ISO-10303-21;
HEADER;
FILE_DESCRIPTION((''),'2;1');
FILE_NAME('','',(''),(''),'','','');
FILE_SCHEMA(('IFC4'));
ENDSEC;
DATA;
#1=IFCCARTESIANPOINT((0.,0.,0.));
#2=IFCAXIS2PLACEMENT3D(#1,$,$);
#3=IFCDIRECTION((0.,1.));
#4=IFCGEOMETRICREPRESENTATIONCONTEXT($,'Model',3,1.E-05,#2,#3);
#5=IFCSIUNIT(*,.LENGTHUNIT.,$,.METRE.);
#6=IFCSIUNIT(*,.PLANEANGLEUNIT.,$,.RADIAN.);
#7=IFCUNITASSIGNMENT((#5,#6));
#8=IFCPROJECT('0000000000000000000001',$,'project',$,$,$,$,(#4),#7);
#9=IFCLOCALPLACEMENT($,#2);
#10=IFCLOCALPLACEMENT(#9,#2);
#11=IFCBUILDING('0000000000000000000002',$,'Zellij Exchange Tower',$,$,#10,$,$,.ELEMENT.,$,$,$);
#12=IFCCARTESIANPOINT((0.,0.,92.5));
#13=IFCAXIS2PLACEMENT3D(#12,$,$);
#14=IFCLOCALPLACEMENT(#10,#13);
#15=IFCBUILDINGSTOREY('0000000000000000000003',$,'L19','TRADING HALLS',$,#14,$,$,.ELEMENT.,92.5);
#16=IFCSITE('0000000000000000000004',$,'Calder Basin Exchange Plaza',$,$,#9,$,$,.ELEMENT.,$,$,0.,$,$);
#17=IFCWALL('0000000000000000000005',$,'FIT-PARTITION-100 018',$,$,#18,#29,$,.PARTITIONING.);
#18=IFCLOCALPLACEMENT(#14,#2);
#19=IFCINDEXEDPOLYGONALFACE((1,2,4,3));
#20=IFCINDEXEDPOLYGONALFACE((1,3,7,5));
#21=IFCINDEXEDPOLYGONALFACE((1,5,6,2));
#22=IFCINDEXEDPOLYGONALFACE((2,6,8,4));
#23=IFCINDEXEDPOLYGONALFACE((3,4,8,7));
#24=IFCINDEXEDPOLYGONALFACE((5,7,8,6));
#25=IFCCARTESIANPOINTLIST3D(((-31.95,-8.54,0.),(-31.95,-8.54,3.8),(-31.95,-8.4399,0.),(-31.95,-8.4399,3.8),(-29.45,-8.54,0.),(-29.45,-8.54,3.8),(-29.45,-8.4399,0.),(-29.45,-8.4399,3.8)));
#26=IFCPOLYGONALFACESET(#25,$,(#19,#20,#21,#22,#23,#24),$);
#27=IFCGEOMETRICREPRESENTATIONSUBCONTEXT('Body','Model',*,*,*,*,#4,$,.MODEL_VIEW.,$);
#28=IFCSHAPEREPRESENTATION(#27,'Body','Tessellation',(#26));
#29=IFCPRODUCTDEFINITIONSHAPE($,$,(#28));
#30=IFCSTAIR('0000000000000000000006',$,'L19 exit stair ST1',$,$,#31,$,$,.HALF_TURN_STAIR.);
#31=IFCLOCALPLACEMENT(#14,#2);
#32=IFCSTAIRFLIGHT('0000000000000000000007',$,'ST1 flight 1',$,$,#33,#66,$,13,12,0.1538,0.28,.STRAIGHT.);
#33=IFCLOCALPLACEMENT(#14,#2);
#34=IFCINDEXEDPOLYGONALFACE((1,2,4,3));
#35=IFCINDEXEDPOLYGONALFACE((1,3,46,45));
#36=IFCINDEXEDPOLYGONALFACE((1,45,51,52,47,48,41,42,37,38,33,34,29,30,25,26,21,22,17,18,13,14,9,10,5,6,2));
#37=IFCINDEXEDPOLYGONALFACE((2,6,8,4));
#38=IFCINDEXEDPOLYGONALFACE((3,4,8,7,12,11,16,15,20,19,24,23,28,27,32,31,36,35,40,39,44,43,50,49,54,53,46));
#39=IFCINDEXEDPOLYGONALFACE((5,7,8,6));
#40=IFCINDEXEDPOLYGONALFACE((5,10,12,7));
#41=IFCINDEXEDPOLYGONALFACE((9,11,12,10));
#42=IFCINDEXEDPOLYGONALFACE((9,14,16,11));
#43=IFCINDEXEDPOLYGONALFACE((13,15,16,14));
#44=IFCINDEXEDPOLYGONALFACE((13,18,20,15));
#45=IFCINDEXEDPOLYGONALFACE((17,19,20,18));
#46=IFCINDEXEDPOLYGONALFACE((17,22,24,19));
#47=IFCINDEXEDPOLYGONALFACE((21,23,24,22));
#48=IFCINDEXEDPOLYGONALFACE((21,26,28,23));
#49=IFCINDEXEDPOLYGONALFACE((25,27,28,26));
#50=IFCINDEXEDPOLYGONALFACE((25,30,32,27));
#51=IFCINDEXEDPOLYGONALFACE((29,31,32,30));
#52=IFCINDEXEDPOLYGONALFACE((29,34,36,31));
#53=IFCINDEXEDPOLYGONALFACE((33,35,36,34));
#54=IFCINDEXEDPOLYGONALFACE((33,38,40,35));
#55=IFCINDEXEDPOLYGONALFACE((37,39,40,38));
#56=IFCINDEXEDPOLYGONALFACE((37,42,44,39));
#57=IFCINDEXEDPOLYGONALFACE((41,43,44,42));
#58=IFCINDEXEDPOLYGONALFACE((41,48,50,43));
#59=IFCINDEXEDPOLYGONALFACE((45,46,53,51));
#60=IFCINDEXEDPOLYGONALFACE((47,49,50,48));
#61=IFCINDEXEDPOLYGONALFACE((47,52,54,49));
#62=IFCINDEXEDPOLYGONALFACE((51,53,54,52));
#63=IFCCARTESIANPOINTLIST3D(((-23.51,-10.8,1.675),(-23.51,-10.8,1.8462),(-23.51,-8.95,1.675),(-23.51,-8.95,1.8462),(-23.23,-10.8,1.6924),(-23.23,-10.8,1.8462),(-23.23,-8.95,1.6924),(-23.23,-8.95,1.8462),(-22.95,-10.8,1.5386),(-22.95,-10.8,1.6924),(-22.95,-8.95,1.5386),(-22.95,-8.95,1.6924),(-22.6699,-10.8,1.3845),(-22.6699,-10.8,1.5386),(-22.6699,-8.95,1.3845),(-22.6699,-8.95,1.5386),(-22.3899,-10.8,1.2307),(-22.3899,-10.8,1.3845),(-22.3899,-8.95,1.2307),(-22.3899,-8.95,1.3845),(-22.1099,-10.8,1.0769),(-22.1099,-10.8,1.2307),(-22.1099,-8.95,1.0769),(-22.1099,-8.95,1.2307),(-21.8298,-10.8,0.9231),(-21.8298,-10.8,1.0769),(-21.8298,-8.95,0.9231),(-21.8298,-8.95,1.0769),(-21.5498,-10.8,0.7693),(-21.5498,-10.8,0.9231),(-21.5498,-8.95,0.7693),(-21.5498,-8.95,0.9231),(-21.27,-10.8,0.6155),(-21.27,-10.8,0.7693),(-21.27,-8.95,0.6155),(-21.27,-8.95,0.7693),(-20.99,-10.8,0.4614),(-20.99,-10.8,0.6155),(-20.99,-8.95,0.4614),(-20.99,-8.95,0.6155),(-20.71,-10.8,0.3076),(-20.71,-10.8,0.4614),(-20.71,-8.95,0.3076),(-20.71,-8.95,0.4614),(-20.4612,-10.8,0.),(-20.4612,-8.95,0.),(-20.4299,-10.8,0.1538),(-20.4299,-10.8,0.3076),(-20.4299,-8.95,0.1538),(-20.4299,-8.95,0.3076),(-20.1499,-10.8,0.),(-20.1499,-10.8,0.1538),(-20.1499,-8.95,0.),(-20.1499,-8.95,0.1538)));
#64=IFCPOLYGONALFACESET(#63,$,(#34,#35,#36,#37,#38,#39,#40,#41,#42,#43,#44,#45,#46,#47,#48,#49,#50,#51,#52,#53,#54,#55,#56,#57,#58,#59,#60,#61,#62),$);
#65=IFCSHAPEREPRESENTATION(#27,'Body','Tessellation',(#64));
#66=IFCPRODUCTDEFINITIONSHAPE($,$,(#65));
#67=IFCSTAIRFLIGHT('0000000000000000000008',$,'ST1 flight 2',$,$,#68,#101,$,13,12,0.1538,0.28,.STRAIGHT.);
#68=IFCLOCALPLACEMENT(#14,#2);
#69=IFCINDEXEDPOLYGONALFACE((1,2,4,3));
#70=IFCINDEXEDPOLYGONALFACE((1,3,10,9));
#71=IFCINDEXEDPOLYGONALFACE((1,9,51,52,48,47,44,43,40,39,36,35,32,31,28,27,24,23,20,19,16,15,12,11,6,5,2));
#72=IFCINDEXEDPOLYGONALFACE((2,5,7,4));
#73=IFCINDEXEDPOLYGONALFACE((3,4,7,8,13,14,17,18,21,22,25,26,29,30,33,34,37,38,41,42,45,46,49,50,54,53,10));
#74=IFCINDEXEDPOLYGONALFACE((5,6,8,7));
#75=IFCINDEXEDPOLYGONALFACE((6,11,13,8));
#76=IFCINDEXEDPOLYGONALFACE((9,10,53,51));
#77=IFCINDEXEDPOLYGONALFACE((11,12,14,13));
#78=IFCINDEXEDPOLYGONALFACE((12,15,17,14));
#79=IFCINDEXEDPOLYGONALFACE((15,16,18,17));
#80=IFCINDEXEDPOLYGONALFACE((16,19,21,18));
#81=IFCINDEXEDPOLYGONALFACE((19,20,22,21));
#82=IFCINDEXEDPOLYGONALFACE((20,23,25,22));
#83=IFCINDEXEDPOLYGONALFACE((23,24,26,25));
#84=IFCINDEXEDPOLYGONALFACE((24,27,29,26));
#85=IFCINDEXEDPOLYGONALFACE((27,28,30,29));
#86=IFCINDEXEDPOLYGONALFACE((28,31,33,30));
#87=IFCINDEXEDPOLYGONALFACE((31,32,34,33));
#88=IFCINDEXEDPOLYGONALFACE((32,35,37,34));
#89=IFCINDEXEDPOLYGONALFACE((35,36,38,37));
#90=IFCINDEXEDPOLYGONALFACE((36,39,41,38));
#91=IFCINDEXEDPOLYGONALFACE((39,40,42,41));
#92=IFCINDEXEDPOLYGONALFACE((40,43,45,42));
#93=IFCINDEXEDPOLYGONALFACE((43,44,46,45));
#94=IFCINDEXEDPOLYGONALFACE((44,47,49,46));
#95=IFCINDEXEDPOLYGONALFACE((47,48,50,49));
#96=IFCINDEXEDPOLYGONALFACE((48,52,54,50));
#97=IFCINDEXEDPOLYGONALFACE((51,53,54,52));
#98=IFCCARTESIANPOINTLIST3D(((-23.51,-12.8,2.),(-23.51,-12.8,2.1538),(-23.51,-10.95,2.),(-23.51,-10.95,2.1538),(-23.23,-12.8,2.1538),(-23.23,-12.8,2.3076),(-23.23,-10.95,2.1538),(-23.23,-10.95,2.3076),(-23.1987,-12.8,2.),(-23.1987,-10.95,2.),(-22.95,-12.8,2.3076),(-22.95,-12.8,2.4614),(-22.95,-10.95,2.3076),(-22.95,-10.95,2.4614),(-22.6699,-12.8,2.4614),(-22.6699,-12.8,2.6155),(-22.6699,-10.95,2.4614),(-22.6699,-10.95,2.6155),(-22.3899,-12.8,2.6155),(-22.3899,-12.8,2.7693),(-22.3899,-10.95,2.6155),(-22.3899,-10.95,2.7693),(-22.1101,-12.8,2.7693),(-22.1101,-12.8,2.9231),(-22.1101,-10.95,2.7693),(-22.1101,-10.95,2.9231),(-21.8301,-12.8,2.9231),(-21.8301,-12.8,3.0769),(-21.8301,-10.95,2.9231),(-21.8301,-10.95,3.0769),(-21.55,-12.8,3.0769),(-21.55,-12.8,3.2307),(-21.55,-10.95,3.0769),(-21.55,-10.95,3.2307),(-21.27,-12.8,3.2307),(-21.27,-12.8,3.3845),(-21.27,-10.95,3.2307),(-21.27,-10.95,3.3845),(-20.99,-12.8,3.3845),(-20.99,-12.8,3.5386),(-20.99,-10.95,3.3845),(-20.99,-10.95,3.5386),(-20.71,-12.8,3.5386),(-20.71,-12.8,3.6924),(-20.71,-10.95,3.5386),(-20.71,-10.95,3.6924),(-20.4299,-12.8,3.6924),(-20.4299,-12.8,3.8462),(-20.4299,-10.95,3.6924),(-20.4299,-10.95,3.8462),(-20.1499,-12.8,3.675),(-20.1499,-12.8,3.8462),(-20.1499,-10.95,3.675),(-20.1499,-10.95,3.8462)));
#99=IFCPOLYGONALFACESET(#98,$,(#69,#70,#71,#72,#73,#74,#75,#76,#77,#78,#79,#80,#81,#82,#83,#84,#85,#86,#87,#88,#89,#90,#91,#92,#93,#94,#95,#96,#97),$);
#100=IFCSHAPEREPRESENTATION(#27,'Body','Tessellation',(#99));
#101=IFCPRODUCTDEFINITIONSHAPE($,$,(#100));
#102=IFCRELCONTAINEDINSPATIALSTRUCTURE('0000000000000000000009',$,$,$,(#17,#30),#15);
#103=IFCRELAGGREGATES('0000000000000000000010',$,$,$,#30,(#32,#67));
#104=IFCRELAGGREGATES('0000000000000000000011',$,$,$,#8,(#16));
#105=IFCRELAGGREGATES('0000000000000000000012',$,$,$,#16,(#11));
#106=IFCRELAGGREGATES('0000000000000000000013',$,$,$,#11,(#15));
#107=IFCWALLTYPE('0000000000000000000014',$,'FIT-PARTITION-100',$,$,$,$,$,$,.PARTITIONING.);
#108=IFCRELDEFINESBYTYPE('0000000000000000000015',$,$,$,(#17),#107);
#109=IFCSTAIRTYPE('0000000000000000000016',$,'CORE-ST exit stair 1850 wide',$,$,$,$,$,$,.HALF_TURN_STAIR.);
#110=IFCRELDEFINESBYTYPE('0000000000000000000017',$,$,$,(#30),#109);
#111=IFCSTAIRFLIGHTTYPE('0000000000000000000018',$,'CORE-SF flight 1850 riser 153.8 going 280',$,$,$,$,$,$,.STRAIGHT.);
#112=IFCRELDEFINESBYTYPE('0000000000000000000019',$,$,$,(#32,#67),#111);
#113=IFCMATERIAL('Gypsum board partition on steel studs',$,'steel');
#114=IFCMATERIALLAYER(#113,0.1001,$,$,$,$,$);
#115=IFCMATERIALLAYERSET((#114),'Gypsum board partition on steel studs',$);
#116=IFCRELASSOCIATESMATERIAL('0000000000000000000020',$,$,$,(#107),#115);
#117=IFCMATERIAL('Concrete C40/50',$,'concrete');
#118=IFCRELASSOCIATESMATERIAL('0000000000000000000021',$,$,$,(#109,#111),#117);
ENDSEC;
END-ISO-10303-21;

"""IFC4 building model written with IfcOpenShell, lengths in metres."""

from ifc_helpers import new_model, si_unit, direction, frame, frame_2d, origin, place, context, subcontext, project, spatial, polyline, rectangle, outline, extrude, material, layer, layer_set, type_object, element, aggregate, save


model = new_model("IFC4")

# Units and contexts
model_context = context("Model", 3, precision=1e-05, world=origin(), true_north=direction((0.0, 1.0)))
body_context = subcontext(model_context, "Body", "Model", "MODEL_VIEW")
ifc_project = project(units=[si_unit("LENGTHUNIT", "METRE"), si_unit("PLANEANGLEUNIT", "RADIAN")], contexts=[model_context])

# Site, building, storey
site_placement = place(None, origin())
site = spatial("IfcSite", under=ifc_project, at=site_placement, Name="Calder Basin Exchange Plaza", CompositionType="ELEMENT", RefElevation=0.0)
building_placement = place(site_placement, origin())
building = spatial("IfcBuilding", under=site, at=building_placement, Name="Zellij Exchange Tower", CompositionType="ELEMENT")
storey_placement = place(building_placement, frame((0.0, 0.0, 92.5)))
storey = spatial("IfcBuildingStorey", under=building, at=storey_placement, Name="L19", Description="TRADING HALLS", CompositionType="ELEMENT", Elevation=92.5)

# Shared definitions
ifc_material_1 = material(Name="Gypsum board partition on steel studs", Category="steel")
ifc_layer_1 = layer(ifc_material_1, 0.1001)
ifc_layer_set_1 = layer_set([ifc_layer_1], Name="Gypsum board partition on steel studs")
wall_type_1 = type_object("IfcWallType", Name="FIT-PARTITION-100", PredefinedType="PARTITIONING", material=ifc_layer_set_1)

# Wall
wall_1_placement = place(storey_placement, frame((-31.95, -8.49, 0.0), z_axis=(0.0, 0.0, 1.0), x_axis=(1.0, 0.0, 0.0)))
element("IfcWall", 1, at=wall_1_placement, inside=storey, type_object=wall_type_1, Name="FIT-PARTITION-100 018", PredefinedType="PARTITIONING", context=body_context, shape_type="SweptSolid", body=[
    extrude(rectangle(XDim=2.5, YDim=0.1001, at=frame_2d((1.25, 0.0))), origin(), (0.0, 0.0, 1.0), 3.8),
])

# Stair, stair flights
ifc_material_2 = material(Name="Concrete C40/50", Category="concrete")
stair_type = type_object("IfcStairType", Name="CORE-ST exit stair 1850 wide", PredefinedType="HALF_TURN_STAIR", material=ifc_material_2)
stair_placement = place(storey_placement, origin())
stair = element("IfcStair", 2, at=stair_placement, inside=storey, type_object=stair_type, Name="L19 exit stair ST1", PredefinedType="HALF_TURN_STAIR")
stair_flight_type = type_object("IfcStairFlightType", Name="CORE-SF flight 1850 riser 153.8 going 280", PredefinedType="STRAIGHT", material=ifc_material_2)
stair_flight_1_placement = place(storey_placement, frame((-20.1499, -9.875, 0.0), z_axis=(0.0, 0.0, 1.0), x_axis=(-1.0, 0.0, 0.0)))
stair_flight_1 = element("IfcStairFlight", 3, at=stair_flight_1_placement, type_object=stair_flight_type, Name="ST1 flight 1", NumberOfRisers=13, NumberOfTreads=12, PredefinedType="STRAIGHT", RiserHeight=0.1538, TreadLength=0.28, context=body_context, shape_type="SweptSolid", body=[
    extrude(outline(polyline([(0.0, 0.0), (0.0, 0.1538), (0.28, 0.1538), (0.28, 0.3076), (0.5601, 0.3076), (0.5601, 0.4614), (0.8401, 0.4614), (0.8401, 0.6155), (1.1201, 0.6155), (1.1201, 0.7693), (1.3999, 0.7693), (1.3999, 0.9231), (1.6799, 0.9231), (1.6799, 1.0769), (1.96, 1.0769), (1.96, 1.2307), (2.24, 1.2307), (2.24, 1.3845), (2.52, 1.3845), (2.52, 1.5386), (2.8, 1.5386), (2.8, 1.6924), (3.0801, 1.6924), (3.0801, 1.8462), (3.3601, 1.8462), (3.3601, 2.0), (3.3601, 1.675), (0.3113, 0.0), (0.0, 0.0)])), frame((0.0, 0.925, 0.0), z_axis=(0.0, -1.0, 0.0), x_axis=(1.0, 0.0, 0.0)), (0.0, 0.0, 1.0), 1.8501),
])
stair_flight_2_placement = place(storey_placement, frame((-23.51, -11.875, 2.0), z_axis=(0.0, 0.0, 1.0), x_axis=(1.0, 0.0, 0.0)))
stair_flight_2 = element("IfcStairFlight", 4, at=stair_flight_2_placement, type_object=stair_flight_type, Name="ST1 flight 2", NumberOfRisers=13, NumberOfTreads=12, PredefinedType="STRAIGHT", RiserHeight=0.1538, TreadLength=0.28, context=body_context, shape_type="SweptSolid", body=[
    extrude(outline(polyline([(0.0, 0.0), (0.0, 0.1538), (0.28, 0.1538), (0.28, 0.3076), (0.5601, 0.3076), (0.5601, 0.4614), (0.8401, 0.4614), (0.8401, 0.6155), (1.1201, 0.6155), (1.1201, 0.7693), (1.3999, 0.7693), (1.3999, 0.9231), (1.6799, 0.9231), (1.6799, 1.0769), (1.96, 1.0769), (1.96, 1.2307), (2.24, 1.2307), (2.24, 1.3845), (2.52, 1.3845), (2.52, 1.5386), (2.8, 1.5386), (2.8, 1.6924), (3.0801, 1.6924), (3.0801, 1.8462), (3.3601, 1.8462), (3.3601, 2.0), (3.3601, 1.675), (0.3113, 0.0), (0.0, 0.0)])), frame((0.0, 0.925, 0.0), z_axis=(0.0, -1.0, 0.0), x_axis=(1.0, 0.0, 0.0)), (0.0, 0.0, 1.0), 1.8501),
])
aggregate(stair, [stair_flight_1, stair_flight_2])

save(model, "model.ifc")
